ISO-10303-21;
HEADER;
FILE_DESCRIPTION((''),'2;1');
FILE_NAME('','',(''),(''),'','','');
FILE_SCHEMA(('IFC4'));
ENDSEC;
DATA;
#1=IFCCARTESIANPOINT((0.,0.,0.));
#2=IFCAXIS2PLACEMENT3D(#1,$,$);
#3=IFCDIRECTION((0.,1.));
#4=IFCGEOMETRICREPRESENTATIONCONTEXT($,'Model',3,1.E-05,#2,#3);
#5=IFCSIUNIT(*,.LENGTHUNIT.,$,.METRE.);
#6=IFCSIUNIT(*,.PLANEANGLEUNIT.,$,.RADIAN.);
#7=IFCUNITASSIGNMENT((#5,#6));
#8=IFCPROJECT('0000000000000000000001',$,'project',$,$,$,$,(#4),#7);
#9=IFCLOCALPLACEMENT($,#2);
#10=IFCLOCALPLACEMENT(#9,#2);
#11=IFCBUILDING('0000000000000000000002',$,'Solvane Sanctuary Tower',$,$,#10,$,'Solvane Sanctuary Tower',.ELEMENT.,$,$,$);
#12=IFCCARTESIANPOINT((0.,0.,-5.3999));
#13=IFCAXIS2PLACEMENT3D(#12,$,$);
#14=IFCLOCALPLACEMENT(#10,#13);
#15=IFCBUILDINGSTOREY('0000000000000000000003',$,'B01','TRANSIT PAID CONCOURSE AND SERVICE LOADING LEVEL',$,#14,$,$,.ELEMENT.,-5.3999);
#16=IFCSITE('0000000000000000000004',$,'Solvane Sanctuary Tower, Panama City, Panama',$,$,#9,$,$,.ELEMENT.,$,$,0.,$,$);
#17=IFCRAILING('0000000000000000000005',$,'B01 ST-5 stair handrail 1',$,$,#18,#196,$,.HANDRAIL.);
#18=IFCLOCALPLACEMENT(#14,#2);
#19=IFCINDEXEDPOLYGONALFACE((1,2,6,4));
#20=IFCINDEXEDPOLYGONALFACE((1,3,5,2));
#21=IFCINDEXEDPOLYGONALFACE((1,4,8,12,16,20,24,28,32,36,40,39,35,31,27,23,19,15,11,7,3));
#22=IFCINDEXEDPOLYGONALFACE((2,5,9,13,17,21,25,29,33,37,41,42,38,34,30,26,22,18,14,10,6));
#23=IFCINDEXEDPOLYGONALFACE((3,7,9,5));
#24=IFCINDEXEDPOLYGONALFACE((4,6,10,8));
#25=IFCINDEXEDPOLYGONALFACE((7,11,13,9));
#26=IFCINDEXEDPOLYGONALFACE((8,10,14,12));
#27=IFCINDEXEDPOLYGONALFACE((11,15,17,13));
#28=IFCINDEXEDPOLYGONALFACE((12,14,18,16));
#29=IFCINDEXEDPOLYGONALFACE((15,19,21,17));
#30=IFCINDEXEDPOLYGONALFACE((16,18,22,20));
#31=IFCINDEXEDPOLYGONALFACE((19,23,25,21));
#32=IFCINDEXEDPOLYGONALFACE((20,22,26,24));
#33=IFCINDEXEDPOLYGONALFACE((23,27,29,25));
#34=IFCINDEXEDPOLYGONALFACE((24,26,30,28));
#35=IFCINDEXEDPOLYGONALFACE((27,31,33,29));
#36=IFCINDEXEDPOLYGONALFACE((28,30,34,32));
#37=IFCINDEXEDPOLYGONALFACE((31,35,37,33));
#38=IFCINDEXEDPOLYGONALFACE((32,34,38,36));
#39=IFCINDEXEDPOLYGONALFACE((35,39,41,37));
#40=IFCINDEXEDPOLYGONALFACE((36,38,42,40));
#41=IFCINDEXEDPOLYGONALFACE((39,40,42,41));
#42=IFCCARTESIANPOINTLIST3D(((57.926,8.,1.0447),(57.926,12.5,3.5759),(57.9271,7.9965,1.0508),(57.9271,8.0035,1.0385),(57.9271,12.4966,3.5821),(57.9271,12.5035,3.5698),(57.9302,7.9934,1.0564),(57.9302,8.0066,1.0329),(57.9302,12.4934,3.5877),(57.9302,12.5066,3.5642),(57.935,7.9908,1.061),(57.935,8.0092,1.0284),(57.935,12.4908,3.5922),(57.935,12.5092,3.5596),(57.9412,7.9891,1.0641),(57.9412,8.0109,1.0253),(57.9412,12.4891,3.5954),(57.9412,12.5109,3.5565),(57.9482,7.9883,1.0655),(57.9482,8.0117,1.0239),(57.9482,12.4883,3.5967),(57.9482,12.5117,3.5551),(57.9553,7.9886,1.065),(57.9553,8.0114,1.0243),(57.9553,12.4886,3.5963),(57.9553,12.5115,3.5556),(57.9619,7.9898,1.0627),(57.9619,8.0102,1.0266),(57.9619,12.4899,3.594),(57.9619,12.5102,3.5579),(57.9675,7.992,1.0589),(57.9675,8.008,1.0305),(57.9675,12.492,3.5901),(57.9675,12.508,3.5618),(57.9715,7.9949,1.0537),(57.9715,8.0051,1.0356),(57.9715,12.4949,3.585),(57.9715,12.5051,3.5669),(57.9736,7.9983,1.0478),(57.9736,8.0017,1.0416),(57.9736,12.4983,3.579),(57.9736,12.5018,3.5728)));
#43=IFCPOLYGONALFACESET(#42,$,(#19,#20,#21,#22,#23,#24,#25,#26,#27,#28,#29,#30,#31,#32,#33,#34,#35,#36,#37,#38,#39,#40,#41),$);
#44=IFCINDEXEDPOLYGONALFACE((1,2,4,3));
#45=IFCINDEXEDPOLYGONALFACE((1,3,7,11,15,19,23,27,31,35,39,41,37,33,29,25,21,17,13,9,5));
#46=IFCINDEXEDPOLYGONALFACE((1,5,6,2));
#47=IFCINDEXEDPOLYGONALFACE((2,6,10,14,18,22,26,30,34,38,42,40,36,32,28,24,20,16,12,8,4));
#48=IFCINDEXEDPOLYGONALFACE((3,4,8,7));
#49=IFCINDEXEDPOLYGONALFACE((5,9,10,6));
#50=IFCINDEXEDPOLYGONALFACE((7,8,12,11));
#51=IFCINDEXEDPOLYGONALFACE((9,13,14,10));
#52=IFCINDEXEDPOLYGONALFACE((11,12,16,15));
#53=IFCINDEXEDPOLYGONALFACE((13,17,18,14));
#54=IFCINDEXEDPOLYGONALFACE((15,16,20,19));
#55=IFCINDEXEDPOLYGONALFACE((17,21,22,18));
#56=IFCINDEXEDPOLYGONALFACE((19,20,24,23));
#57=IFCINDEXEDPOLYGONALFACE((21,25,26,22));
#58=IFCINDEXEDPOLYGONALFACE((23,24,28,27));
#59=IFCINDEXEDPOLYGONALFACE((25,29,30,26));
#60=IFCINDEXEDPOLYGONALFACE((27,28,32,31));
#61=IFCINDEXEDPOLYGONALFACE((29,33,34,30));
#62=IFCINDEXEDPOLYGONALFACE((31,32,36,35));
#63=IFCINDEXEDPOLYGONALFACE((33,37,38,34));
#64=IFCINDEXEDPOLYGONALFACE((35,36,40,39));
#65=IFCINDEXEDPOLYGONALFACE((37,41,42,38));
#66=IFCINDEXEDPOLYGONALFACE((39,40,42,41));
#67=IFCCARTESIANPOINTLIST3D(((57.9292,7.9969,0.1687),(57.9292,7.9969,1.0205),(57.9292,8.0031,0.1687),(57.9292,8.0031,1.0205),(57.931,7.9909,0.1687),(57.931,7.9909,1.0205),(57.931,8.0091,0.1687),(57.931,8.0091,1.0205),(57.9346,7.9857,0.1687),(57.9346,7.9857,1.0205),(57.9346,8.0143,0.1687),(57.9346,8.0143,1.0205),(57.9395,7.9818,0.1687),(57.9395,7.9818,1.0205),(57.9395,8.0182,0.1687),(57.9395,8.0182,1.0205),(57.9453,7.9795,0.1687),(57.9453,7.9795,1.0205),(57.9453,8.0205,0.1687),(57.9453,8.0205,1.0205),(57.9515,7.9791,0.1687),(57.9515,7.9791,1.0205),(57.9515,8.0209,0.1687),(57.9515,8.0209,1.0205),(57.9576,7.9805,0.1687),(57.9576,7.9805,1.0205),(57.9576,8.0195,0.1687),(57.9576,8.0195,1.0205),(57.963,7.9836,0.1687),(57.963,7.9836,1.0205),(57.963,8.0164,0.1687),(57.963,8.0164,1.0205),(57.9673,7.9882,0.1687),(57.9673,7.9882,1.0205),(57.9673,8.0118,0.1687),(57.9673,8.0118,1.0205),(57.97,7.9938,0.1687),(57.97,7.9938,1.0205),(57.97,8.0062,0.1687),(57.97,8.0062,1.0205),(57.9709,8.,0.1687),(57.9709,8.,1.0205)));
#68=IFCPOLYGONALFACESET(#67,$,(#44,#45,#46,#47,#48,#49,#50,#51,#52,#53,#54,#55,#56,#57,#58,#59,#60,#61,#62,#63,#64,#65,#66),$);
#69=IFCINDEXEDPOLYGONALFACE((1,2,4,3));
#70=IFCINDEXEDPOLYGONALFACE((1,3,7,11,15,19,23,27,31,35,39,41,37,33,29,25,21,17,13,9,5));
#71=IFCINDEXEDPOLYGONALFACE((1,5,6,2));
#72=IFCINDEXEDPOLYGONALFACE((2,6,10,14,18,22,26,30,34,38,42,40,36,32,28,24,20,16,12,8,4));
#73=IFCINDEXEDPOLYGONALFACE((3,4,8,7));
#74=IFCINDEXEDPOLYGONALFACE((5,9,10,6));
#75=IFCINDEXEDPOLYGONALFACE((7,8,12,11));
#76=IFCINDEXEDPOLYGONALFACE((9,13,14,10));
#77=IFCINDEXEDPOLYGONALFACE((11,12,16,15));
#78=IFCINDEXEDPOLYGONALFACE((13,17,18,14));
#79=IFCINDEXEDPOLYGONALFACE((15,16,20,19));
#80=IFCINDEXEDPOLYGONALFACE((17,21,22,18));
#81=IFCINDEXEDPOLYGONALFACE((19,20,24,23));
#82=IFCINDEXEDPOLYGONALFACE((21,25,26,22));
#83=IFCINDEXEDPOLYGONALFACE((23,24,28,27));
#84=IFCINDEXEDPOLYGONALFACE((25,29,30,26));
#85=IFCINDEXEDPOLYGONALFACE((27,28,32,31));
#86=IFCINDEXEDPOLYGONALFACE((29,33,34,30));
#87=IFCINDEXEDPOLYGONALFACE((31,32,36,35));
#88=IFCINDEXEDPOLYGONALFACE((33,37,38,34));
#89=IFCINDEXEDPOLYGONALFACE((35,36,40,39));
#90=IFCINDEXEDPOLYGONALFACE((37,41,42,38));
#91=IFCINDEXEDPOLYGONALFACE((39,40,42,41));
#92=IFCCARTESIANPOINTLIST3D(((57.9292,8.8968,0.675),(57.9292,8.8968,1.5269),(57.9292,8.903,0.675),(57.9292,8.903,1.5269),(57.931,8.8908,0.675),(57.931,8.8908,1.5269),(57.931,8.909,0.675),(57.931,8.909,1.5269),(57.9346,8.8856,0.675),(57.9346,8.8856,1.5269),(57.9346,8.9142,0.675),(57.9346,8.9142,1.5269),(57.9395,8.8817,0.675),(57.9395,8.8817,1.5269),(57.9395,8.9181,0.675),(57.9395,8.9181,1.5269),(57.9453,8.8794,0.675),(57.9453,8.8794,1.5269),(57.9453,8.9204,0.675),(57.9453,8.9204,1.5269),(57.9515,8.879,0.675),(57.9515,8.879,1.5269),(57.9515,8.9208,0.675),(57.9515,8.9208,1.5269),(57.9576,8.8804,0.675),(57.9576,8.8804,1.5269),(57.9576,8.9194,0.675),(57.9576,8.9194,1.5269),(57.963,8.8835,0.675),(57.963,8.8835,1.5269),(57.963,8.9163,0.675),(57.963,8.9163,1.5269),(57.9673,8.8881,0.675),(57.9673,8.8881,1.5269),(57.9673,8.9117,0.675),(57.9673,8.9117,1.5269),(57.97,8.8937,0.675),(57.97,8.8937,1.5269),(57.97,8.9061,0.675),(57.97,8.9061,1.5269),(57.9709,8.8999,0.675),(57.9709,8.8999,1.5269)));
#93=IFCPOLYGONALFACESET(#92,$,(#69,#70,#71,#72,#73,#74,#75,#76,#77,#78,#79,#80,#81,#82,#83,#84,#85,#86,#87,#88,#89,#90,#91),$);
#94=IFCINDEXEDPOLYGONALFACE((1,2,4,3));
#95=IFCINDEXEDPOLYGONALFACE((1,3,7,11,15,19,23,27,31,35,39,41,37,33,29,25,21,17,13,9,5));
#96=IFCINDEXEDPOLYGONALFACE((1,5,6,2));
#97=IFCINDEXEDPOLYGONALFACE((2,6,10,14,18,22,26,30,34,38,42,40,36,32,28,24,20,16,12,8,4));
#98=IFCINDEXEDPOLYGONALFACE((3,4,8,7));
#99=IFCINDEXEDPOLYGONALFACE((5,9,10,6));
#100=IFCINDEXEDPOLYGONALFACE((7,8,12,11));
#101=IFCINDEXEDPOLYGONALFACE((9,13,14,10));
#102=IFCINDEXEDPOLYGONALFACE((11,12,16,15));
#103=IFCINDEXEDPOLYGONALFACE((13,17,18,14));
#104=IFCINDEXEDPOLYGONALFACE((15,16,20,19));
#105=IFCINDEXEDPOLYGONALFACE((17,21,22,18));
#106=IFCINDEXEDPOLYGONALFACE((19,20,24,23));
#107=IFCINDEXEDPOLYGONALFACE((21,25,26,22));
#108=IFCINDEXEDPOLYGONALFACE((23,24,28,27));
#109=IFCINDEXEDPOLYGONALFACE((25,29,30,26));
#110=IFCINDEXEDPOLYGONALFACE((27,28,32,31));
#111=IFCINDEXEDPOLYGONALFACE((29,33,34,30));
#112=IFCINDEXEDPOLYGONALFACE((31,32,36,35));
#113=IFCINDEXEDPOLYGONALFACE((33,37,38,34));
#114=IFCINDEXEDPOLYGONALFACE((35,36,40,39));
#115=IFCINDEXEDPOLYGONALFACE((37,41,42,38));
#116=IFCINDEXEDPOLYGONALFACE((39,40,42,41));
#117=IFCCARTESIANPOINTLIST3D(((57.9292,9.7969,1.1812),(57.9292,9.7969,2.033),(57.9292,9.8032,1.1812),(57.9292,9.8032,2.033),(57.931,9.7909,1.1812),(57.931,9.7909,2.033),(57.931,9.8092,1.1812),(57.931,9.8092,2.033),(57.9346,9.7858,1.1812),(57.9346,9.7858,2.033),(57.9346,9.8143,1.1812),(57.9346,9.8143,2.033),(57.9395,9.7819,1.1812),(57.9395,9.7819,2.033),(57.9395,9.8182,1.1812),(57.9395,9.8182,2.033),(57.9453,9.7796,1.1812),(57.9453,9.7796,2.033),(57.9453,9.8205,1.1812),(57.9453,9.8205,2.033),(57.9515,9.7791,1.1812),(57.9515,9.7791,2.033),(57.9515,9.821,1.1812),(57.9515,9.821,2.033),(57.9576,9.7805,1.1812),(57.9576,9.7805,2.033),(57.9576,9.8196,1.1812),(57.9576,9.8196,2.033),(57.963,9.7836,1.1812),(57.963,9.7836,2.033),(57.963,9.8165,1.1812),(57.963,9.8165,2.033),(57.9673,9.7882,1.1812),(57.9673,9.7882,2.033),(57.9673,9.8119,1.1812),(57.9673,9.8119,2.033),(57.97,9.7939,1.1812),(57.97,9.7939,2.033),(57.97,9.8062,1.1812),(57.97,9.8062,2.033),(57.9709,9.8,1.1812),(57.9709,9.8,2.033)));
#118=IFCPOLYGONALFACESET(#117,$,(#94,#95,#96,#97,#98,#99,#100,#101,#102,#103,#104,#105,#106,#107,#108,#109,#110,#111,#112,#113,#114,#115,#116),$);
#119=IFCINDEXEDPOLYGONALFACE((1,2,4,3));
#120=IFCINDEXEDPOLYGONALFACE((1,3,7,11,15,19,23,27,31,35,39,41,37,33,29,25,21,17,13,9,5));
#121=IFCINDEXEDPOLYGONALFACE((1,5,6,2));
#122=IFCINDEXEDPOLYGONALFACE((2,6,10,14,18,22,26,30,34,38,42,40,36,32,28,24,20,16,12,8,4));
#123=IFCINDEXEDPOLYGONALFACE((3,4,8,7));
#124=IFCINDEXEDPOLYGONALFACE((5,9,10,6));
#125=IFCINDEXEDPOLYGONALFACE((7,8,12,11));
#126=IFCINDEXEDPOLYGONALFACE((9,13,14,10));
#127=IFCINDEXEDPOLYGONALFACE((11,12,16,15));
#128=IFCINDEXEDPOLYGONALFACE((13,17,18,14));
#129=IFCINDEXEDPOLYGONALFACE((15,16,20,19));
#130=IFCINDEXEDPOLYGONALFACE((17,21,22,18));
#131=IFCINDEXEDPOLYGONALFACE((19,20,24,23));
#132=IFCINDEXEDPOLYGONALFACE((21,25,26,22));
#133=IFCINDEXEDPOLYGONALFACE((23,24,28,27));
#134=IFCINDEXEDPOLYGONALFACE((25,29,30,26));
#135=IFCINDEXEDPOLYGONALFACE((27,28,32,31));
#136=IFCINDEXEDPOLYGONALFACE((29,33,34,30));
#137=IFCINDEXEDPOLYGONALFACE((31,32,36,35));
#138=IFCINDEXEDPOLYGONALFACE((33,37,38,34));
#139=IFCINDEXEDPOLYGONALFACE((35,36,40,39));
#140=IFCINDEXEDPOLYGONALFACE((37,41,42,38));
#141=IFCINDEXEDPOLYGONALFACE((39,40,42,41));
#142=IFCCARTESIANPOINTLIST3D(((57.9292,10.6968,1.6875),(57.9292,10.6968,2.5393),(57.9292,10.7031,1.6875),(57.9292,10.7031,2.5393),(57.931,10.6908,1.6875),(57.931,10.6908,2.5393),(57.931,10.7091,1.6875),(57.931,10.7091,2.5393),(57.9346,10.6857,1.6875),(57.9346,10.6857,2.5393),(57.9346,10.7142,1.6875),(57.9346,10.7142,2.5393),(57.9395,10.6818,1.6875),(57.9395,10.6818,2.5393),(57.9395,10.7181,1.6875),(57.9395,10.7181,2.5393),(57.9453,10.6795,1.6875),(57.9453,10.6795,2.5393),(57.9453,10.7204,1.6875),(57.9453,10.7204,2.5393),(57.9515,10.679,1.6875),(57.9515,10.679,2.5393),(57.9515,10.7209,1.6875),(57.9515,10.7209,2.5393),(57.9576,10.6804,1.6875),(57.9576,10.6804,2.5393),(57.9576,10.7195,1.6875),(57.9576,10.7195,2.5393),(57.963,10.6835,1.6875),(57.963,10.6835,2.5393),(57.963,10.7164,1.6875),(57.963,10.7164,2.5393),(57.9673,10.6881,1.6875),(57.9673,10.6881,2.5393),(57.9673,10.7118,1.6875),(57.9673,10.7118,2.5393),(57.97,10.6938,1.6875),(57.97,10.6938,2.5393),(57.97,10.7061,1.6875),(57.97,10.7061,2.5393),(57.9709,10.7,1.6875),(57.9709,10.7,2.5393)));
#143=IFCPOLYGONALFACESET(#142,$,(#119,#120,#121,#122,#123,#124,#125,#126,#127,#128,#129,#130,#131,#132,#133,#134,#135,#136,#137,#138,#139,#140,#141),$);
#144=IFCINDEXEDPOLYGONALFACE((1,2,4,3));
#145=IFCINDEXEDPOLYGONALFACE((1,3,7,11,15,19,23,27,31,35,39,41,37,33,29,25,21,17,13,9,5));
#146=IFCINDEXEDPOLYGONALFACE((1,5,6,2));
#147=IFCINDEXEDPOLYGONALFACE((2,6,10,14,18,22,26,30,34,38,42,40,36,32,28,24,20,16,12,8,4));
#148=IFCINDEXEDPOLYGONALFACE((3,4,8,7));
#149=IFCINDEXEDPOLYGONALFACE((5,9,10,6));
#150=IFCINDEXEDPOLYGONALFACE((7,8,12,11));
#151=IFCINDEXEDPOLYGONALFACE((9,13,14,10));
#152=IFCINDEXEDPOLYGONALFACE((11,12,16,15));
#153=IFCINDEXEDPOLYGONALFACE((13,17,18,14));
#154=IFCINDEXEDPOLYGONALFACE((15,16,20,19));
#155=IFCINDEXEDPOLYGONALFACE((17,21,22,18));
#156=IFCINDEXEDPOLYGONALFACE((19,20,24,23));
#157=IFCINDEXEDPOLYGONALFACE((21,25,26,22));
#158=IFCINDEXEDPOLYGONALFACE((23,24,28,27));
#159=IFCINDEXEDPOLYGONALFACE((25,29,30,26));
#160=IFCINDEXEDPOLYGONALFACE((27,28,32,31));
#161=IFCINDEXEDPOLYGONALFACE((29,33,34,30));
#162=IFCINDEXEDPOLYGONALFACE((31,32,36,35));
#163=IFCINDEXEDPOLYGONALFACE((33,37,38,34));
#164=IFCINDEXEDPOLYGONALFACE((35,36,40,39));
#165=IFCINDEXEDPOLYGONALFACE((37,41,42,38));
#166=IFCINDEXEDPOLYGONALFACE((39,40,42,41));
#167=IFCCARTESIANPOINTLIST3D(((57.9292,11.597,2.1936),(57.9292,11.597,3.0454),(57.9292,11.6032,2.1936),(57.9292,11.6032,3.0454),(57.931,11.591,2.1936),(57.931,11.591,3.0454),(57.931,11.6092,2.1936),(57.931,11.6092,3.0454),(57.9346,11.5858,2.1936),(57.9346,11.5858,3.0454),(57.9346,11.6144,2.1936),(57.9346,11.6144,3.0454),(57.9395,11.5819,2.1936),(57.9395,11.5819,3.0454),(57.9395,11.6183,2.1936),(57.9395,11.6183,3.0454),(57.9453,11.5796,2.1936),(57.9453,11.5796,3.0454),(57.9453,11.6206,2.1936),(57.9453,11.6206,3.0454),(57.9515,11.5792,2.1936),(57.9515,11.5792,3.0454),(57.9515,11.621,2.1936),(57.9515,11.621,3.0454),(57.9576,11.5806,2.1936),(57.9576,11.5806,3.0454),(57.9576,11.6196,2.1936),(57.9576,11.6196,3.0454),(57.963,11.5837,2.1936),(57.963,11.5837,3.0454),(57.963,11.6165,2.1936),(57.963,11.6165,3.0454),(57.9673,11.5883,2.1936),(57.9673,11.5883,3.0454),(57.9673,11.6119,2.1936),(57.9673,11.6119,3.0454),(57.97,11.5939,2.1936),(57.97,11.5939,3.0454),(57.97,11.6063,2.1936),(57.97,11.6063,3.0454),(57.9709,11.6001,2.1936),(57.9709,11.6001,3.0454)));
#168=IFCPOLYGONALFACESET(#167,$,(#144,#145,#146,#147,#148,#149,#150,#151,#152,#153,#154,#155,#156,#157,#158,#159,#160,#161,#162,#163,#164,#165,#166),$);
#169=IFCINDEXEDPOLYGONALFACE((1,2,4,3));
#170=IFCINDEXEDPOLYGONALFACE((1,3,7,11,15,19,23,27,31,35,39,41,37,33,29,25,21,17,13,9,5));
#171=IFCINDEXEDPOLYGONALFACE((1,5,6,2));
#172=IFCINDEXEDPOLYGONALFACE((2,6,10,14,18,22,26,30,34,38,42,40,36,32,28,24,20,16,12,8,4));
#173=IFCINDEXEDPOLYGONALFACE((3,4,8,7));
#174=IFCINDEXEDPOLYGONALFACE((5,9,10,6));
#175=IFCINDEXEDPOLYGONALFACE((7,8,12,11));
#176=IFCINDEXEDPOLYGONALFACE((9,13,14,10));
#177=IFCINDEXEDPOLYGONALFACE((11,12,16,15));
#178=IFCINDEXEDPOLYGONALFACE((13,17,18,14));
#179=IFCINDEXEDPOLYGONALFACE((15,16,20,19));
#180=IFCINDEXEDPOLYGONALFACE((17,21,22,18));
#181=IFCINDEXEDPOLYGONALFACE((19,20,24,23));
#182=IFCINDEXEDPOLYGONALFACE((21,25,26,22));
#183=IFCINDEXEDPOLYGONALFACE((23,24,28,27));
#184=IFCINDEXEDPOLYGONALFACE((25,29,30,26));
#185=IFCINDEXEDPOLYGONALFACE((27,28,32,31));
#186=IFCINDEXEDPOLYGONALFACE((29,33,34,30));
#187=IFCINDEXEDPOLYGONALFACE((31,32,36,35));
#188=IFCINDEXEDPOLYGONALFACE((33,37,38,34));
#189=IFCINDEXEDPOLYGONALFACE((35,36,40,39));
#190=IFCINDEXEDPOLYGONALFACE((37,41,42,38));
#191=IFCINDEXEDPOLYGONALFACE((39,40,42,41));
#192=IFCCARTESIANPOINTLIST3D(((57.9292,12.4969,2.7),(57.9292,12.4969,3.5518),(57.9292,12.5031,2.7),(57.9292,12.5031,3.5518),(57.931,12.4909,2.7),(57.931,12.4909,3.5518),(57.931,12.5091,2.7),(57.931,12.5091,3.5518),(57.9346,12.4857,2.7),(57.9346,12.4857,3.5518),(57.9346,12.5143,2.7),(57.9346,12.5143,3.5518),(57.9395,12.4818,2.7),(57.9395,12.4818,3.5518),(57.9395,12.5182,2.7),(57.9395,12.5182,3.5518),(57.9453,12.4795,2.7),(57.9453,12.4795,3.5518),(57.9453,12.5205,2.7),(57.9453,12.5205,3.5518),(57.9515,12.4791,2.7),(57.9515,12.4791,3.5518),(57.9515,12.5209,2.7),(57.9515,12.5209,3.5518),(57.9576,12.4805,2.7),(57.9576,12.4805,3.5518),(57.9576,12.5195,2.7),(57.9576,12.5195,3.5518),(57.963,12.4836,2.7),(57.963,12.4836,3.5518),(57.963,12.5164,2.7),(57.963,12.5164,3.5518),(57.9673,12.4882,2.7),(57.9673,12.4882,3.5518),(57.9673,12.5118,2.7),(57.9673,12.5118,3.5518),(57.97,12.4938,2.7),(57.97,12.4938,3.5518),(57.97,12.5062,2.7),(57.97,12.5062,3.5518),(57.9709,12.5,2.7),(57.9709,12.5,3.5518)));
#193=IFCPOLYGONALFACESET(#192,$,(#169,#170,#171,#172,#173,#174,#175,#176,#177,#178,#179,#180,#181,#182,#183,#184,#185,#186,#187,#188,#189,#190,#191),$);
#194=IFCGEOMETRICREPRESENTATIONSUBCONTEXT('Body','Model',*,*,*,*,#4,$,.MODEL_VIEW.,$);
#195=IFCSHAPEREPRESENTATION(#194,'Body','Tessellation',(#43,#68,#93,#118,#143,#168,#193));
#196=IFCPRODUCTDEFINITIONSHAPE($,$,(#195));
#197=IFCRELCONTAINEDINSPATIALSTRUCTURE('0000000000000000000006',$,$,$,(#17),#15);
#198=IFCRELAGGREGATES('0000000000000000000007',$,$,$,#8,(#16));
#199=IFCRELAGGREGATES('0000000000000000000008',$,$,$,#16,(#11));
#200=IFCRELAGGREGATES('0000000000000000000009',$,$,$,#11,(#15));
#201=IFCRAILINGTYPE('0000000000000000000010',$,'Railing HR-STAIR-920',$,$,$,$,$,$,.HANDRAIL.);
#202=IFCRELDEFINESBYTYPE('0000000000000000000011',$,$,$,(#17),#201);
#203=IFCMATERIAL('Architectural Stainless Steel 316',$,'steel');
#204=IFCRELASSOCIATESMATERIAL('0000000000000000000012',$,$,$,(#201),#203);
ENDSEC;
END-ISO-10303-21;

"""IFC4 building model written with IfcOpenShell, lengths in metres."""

from ifc_helpers import new_model, si_unit, direction, frame, origin, origin_2d, place, context, subcontext, project, spatial, circle, extrude, material, type_object, element, save


model = new_model("IFC4")

# Units and contexts
model_context = context("Model", 3, precision=1e-05, world=origin(), true_north=direction((0.0, 1.0)))
body_context = subcontext(model_context, "Body", "Model", "MODEL_VIEW")
ifc_project = project(units=[si_unit("LENGTHUNIT", "METRE"), si_unit("PLANEANGLEUNIT", "RADIAN")], contexts=[model_context])

# Site, building, storey
site_placement = place(None, origin())
site = spatial("IfcSite", under=ifc_project, at=site_placement, Name="Solvane Sanctuary Tower, Panama City, Panama", CompositionType="ELEMENT", RefElevation=0.0)
building_placement = place(site_placement, origin())
building = spatial("IfcBuilding", under=site, at=building_placement, Name="Solvane Sanctuary Tower", LongName="Solvane Sanctuary Tower", CompositionType="ELEMENT")
storey_placement = place(building_placement, frame((0.0, 0.0, -5.3999)))
storey = spatial("IfcBuildingStorey", under=building, at=storey_placement, Name="B01", Description="TRANSIT PAID CONCOURSE AND SERVICE LOADING LEVEL", CompositionType="ELEMENT", Elevation=-5.3999)

# Shared definitions
ifc_material_1 = material(Name="Architectural Stainless Steel 316", Category="steel")

# Railing
railing_type_1 = type_object("IfcRailingType", Name="Railing HR-STAIR-920", PredefinedType="HANDRAIL", material=ifc_material_1)
railing_1_placement = place(storey_placement, frame((57.95, 8.0, 0.1687)))
element("IfcRailing", 1, at=railing_1_placement, inside=storey, type_object=railing_type_1, Name="B01 ST-5 stair handrail 1", PredefinedType="HANDRAIL", context=body_context, shape_type="SweptSolid", body=[
    extrude(circle(Radius=0.0239, at=origin_2d()), frame((0.0, 0.0, 0.876), z_axis=(0.0, 0.871576, 0.490261), x_axis=(-1.0, 0.0, 0.0)), (0.0, 0.0, 1.0), 5.1631),
    extrude(circle(Radius=0.021, at=origin_2d()), origin(), (0.0, 0.0, 1.0), 0.8518),
    extrude(circle(Radius=0.021, at=origin_2d()), frame((0.0, 0.8999, 0.5063)), (0.0, 0.0, 1.0), 0.8518),
    extrude(circle(Radius=0.021, at=origin_2d()), frame((0.0, 1.8, 1.0125)), (0.0, 0.0, 1.0), 0.8518),
    extrude(circle(Radius=0.021, at=origin_2d()), frame((0.0, 2.7, 1.5188)), (0.0, 0.0, 1.0), 0.8518),
    extrude(circle(Radius=0.021, at=origin_2d()), frame((0.0, 3.6001, 2.0249)), (0.0, 0.0, 1.0), 0.8518),
    extrude(circle(Radius=0.021, at=origin_2d()), frame((0.0, 4.5, 2.5312)), (0.0, 0.0, 1.0), 0.8518),
])

save(model, "model.ifc")
